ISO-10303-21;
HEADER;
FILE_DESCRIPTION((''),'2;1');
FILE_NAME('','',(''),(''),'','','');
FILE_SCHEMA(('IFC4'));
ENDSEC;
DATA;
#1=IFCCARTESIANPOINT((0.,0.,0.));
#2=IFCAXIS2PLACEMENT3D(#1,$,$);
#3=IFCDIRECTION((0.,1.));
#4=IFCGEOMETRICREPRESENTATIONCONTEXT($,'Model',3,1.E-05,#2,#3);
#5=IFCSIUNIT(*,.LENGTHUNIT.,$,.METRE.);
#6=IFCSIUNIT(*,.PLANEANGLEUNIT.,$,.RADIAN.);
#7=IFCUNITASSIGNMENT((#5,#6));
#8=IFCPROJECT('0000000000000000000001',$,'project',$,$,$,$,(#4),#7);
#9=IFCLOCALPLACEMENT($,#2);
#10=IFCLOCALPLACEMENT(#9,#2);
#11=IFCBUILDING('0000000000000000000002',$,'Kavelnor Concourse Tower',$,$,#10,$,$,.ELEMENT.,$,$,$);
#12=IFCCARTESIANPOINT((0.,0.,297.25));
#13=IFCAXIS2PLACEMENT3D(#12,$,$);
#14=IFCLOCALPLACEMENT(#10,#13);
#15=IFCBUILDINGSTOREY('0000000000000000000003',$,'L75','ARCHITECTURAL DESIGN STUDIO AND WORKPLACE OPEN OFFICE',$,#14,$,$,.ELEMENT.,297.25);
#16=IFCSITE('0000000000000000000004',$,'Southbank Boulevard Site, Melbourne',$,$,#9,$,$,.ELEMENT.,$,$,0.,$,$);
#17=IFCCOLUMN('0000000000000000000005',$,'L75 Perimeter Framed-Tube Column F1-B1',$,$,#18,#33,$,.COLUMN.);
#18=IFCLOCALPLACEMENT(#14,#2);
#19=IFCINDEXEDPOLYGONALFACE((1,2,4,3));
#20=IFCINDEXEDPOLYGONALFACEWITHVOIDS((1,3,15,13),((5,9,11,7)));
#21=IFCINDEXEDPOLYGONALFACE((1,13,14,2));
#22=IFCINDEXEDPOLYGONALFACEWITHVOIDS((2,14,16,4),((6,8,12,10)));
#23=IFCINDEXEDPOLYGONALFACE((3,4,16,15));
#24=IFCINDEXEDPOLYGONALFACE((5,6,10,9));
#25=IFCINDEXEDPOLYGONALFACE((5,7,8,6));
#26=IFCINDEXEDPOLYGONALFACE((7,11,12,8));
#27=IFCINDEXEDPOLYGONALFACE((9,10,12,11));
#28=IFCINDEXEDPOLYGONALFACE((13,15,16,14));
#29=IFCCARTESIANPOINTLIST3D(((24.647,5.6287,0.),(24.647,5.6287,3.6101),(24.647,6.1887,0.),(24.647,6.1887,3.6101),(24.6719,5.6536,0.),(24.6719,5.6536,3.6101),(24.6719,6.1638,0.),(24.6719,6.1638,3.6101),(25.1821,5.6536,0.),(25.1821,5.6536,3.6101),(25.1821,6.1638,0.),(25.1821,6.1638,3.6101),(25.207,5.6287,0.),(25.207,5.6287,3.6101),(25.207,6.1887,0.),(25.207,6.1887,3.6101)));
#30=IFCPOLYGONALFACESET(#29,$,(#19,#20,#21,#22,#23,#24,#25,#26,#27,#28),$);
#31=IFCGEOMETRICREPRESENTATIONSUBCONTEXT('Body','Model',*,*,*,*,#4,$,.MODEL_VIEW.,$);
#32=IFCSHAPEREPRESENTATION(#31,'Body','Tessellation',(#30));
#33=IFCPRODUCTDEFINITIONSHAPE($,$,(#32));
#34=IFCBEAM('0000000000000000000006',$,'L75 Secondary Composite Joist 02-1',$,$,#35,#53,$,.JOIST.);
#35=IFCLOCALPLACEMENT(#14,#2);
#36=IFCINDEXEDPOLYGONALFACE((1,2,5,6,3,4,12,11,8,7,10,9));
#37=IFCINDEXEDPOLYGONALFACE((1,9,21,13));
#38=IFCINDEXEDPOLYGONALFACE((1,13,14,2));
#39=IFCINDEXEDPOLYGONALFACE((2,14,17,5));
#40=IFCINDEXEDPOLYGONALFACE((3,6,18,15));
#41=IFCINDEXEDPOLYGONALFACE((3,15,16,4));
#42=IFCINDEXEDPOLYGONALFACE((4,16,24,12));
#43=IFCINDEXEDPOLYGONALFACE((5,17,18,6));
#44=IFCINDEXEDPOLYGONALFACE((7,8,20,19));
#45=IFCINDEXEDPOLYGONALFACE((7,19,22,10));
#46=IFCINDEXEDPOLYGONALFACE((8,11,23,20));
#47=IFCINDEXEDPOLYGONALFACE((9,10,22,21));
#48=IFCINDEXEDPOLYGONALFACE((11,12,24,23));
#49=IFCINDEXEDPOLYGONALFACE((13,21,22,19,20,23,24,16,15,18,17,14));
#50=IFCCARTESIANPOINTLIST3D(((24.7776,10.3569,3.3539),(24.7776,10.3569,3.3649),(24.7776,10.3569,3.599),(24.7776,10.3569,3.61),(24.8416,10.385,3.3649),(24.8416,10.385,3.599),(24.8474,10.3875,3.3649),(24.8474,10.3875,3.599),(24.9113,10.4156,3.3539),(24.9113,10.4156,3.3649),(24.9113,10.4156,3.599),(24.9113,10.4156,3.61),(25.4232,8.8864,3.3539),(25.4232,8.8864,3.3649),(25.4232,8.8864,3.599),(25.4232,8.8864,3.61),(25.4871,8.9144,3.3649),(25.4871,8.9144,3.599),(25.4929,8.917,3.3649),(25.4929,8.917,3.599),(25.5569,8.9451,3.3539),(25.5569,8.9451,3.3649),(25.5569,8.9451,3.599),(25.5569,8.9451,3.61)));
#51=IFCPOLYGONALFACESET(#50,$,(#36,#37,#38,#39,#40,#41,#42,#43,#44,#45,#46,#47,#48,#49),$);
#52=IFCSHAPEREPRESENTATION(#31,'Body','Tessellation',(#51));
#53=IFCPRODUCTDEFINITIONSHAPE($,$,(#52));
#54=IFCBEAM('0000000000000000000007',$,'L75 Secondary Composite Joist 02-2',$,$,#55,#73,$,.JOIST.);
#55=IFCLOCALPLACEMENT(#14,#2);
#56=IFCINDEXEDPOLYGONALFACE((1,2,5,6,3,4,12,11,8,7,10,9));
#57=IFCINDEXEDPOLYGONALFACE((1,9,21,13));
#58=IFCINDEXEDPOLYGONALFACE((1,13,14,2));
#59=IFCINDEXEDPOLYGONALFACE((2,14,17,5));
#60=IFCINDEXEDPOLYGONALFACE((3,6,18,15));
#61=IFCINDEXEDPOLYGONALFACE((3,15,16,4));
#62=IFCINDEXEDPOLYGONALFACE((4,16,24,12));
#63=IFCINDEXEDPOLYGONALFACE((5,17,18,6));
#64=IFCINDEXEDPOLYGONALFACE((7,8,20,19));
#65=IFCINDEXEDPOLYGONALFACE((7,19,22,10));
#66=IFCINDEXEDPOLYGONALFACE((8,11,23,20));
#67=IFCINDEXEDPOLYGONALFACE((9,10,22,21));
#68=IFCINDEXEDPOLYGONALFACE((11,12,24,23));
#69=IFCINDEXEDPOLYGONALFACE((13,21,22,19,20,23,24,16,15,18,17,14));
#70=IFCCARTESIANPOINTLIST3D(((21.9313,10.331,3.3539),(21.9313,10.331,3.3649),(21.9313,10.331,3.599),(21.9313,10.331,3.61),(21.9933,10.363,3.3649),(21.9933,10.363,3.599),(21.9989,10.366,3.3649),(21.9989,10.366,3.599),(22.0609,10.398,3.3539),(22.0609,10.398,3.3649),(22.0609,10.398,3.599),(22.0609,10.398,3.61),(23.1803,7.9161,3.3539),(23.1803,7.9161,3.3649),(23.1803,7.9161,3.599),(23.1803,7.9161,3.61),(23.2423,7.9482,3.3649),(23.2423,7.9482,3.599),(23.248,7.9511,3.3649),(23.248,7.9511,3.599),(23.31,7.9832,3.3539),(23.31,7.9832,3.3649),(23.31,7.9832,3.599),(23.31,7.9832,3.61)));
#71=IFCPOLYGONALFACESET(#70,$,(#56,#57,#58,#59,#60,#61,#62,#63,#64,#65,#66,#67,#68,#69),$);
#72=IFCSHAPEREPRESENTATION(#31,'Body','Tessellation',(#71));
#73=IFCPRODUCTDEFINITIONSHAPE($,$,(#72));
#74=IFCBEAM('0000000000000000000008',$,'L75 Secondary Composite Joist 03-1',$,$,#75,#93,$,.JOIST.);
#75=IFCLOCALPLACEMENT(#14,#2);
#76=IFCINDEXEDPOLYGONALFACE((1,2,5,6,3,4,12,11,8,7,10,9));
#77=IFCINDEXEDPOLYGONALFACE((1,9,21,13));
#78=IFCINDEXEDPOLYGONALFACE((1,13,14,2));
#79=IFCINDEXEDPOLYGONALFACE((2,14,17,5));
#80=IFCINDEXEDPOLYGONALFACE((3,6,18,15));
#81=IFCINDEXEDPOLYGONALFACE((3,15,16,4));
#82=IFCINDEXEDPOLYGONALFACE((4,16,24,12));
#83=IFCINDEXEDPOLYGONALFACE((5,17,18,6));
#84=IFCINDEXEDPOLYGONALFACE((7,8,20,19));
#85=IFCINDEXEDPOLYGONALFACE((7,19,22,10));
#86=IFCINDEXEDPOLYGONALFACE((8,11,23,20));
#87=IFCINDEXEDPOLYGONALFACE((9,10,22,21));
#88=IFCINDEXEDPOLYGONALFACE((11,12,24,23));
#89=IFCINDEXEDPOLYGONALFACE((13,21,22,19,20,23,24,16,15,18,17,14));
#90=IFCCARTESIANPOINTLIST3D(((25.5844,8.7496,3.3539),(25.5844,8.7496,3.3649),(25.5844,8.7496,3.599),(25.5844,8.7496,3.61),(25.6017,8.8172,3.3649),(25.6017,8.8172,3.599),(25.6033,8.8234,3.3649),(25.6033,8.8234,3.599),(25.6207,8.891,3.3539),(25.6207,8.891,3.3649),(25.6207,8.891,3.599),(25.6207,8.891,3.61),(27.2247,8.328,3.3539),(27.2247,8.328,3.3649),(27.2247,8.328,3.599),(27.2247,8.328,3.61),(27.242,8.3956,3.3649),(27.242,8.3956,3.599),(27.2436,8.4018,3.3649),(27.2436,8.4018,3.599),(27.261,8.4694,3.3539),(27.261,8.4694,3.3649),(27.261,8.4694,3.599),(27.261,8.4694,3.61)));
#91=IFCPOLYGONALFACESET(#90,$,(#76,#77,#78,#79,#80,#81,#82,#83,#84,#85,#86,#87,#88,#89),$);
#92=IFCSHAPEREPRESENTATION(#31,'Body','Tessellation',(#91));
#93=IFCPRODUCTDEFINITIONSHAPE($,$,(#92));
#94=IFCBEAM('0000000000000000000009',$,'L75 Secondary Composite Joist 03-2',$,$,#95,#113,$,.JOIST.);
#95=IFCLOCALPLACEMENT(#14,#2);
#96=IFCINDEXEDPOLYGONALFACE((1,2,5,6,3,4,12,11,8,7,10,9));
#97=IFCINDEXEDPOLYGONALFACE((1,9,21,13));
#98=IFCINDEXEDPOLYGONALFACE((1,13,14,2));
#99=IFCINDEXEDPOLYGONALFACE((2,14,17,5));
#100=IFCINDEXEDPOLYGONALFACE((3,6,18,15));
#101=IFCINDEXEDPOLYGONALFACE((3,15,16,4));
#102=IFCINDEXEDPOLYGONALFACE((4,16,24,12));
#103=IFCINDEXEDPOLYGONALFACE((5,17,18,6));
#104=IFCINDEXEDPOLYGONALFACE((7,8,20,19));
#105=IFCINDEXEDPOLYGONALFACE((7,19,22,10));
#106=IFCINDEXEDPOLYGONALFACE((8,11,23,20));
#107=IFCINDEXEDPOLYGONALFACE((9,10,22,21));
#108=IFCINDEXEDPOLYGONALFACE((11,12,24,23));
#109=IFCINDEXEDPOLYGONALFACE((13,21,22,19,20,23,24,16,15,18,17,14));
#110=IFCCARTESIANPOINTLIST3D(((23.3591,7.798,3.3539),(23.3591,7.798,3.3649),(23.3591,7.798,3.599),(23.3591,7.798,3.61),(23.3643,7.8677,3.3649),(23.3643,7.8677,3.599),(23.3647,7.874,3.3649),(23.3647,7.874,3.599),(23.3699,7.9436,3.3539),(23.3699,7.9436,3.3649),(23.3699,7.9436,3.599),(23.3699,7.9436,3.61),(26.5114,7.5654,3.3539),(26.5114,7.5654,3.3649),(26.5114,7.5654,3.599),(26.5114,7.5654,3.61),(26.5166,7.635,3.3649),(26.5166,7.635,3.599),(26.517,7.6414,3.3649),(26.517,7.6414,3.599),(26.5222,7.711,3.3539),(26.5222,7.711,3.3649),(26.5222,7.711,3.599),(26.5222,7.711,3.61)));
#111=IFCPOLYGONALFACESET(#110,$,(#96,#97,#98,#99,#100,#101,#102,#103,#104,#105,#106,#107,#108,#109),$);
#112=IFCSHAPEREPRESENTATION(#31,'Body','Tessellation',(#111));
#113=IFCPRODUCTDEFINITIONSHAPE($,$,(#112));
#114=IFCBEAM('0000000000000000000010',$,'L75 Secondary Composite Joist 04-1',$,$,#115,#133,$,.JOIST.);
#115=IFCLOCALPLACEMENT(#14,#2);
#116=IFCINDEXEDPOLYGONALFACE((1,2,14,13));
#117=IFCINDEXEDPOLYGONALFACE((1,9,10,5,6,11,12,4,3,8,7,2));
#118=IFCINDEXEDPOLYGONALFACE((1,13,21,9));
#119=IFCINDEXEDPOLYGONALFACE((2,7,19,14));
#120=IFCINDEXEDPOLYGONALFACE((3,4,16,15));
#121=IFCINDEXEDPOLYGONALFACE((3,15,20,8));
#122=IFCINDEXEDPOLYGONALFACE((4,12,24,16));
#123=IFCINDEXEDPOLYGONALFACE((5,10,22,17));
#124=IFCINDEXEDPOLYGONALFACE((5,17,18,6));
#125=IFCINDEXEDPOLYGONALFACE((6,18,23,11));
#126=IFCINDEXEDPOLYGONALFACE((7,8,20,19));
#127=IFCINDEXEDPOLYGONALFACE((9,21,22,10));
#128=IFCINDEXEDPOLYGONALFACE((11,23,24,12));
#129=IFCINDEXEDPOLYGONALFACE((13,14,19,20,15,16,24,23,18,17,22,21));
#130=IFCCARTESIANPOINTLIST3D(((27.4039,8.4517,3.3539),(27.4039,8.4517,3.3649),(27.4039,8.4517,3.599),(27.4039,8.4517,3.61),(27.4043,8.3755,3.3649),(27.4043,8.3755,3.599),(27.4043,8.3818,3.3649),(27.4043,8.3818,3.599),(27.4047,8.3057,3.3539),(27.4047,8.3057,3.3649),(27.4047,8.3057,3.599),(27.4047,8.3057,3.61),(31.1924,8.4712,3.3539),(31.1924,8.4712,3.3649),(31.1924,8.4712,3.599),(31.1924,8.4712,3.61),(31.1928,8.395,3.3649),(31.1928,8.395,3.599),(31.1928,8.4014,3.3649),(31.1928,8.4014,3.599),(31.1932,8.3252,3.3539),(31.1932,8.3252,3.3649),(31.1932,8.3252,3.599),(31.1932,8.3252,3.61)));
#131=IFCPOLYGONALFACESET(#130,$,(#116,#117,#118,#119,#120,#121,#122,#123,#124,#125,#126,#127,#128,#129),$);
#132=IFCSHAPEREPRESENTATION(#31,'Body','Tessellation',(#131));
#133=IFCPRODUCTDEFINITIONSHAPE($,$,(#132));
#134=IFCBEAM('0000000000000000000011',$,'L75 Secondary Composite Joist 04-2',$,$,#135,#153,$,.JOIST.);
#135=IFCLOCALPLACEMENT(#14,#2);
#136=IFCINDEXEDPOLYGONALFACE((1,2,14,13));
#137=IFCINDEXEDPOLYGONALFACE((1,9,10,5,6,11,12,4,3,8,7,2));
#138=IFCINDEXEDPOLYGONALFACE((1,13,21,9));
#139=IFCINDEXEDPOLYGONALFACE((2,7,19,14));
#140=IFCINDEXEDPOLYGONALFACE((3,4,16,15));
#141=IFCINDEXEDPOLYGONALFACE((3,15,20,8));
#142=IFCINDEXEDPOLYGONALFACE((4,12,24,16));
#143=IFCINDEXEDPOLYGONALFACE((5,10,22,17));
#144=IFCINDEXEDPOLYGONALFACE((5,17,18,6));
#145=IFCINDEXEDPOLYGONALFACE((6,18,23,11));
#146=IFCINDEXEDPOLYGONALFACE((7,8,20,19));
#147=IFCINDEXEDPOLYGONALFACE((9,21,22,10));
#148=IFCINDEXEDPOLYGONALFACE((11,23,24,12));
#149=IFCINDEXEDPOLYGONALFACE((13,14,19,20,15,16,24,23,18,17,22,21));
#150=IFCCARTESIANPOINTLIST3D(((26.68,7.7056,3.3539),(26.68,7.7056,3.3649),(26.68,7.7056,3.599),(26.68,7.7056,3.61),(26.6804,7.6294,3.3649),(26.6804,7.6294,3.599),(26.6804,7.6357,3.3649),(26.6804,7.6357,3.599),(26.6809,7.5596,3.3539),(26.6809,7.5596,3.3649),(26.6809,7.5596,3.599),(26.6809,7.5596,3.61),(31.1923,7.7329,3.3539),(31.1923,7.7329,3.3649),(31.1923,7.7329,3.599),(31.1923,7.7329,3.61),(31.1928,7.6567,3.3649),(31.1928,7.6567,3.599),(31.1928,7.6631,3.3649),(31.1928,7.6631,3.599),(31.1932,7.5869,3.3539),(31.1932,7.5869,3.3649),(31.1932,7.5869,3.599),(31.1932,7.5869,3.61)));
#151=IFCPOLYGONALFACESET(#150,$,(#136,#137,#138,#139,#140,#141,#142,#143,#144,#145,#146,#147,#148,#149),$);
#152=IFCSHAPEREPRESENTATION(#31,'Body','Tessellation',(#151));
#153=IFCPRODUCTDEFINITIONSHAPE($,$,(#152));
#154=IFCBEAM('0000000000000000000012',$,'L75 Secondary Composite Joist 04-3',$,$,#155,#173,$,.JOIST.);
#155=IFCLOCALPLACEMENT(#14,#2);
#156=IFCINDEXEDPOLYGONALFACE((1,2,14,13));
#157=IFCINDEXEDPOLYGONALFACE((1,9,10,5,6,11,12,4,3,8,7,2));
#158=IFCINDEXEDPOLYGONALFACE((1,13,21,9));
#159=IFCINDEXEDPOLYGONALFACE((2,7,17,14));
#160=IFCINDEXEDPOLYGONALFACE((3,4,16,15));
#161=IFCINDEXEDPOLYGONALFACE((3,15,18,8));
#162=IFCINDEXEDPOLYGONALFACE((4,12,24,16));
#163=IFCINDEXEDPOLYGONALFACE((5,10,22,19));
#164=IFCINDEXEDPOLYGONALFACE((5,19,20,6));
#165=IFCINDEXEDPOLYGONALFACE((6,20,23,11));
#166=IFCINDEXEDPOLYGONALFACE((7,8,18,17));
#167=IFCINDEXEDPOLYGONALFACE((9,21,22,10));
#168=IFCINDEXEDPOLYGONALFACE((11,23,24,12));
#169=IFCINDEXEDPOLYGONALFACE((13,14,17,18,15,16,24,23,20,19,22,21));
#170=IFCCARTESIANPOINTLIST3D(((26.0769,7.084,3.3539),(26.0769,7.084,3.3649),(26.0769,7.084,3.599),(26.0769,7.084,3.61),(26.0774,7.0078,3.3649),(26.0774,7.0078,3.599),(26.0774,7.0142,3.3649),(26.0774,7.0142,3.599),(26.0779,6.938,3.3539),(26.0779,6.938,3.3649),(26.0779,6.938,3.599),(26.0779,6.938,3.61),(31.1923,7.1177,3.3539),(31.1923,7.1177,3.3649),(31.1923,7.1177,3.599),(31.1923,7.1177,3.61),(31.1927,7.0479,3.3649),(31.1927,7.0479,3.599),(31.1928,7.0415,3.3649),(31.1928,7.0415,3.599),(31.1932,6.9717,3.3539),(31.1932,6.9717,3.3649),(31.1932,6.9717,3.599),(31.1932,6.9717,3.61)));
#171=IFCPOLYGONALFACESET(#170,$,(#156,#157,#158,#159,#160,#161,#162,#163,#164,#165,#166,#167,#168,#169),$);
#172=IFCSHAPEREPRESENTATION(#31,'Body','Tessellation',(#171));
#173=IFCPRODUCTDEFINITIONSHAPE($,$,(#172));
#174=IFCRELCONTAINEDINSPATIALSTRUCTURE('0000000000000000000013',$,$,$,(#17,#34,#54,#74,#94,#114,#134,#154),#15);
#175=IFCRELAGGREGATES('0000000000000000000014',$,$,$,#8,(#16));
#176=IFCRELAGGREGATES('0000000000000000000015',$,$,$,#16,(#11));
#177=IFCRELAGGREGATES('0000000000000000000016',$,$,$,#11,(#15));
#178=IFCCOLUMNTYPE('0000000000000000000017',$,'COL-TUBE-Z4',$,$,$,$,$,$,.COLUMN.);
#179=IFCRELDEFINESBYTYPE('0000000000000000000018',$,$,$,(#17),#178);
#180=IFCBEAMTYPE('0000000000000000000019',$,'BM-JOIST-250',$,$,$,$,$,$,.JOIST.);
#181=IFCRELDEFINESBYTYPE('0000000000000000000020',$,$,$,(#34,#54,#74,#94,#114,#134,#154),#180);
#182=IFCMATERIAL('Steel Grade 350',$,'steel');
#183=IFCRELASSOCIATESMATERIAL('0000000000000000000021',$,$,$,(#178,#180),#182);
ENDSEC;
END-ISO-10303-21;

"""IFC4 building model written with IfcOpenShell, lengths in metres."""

from ifc_helpers import new_model, si_unit, direction, frame, origin, origin_2d, place, context, subcontext, project, spatial, hollow_rectangle, i_section, extrude, material, material_profile, profile_set, type_object, element, save


model = new_model("IFC4")

# Units and contexts
model_context = context("Model", 3, precision=1e-05, world=origin(), true_north=direction((0.0, 1.0)))
body_context = subcontext(model_context, "Body", "Model", "MODEL_VIEW")
ifc_project = project(units=[si_unit("LENGTHUNIT", "METRE"), si_unit("PLANEANGLEUNIT", "RADIAN")], contexts=[model_context])

# Site, building, storey
site_placement = place(None, origin())
site = spatial("IfcSite", under=ifc_project, at=site_placement, Name="Southbank Boulevard Site, Melbourne", CompositionType="ELEMENT", RefElevation=0.0)
building_placement = place(site_placement, origin())
building = spatial("IfcBuilding", under=site, at=building_placement, Name="Kavelnor Concourse Tower", CompositionType="ELEMENT")
storey_placement = place(building_placement, frame((0.0, 0.0, 297.25)))
storey = spatial("IfcBuildingStorey", under=building, at=storey_placement, Name="L75", Description="ARCHITECTURAL DESIGN STUDIO AND WORKPLACE OPEN OFFICE", CompositionType="ELEMENT", Elevation=297.25)

# Column
ifc_material_1 = material(Name="Steel Grade 350", Category="steel")
ifc_material_profile_1 = material_profile(ifc_material_1, hollow_rectangle(XDim=0.5601, YDim=0.5601, WallThickness=0.0249, at=origin_2d()), Name="SHS 560x560x25")
ifc_profile_set_1 = profile_set([ifc_material_profile_1], Name="Steel Grade 350")
column_type = type_object("IfcColumnType", Name="COL-TUBE-Z4", PredefinedType="COLUMN", material=ifc_profile_set_1)
column_placement = place(storey_placement, frame((24.927, 5.9087, 0.0), z_axis=(0.0, 0.0, 1.0), x_axis=(1.0, 0.0, 0.0)))
element("IfcColumn", 1, at=column_placement, inside=storey, type_object=column_type, Name="L75 Perimeter Framed-Tube Column F1-B1", PredefinedType="COLUMN", context=body_context, shape_type="SweptSolid", body=[
    extrude(hollow_rectangle(XDim=0.5601, YDim=0.5601, WallThickness=0.0249, at=origin_2d()), origin(), (0.0, 0.0, 1.0), 3.6101),
])

# Beams
ifc_material_profile_2 = material_profile(ifc_material_1, i_section(OverallWidth=0.146, OverallDepth=0.2561, WebThickness=0.0063, FlangeThickness=0.011, at=origin_2d()), Name="250UB37")
ifc_profile_set_2 = profile_set([ifc_material_profile_2], Name="Steel Grade 350")
beam_type_1 = type_object("IfcBeamType", Name="BM-JOIST-250", PredefinedType="JOIST", material=ifc_profile_set_2)
beam_1_placement = place(storey_placement, frame((24.8445, 10.3862, 3.4819), z_axis=(0.401959, -0.915658, 0.0), x_axis=(0.915658, 0.401959, 0.0)))
element("IfcBeam", 2, at=beam_1_placement, inside=storey, type_object=beam_type_1, Name="L75 Secondary Composite Joist 02-1", PredefinedType="JOIST", context=body_context, shape_type="SweptSolid", body=[
    extrude(i_section(OverallWidth=0.146, OverallDepth=0.2561, WebThickness=0.0063, FlangeThickness=0.011, at=origin_2d()), origin(), (0.0, 0.0, 1.0), 1.606),
])
beam_2_placement = place(storey_placement, frame((21.9961, 10.3645, 3.4819), z_axis=(0.45942, -0.888219, 0.0), x_axis=(0.888219, 0.45942, 0.0)))
element("IfcBeam", 3, at=beam_2_placement, inside=storey, type_object=beam_type_1, Name="L75 Secondary Composite Joist 02-2", PredefinedType="JOIST", context=body_context, shape_type="SweptSolid", body=[
    extrude(i_section(OverallWidth=0.146, OverallDepth=0.2561, WebThickness=0.0063, FlangeThickness=0.011, at=origin_2d()), origin(), (0.0, 0.0, 1.0), 2.7188),
])
beam_3_placement = place(storey_placement, frame((25.6025, 8.8203, 3.4819), z_axis=(0.968519, -0.248941, 0.0), x_axis=(0.248941, 0.968519, 0.0)))
element("IfcBeam", 4, at=beam_3_placement, inside=storey, type_object=beam_type_1, Name="L75 Secondary Composite Joist 03-1", PredefinedType="JOIST", context=body_context, shape_type="SweptSolid", body=[
    extrude(i_section(OverallWidth=0.146, OverallDepth=0.2561, WebThickness=0.0063, FlangeThickness=0.011, at=origin_2d()), origin(), (0.0, 0.0, 1.0), 1.6936),
])
beam_4_placement = place(storey_placement, frame((23.3645, 7.8708, 3.4819), z_axis=(0.997287, -0.073607, 0.0), x_axis=(0.073607, 0.997287, 0.0)))
element("IfcBeam", 5, at=beam_4_placement, inside=storey, type_object=beam_type_1, Name="L75 Secondary Composite Joist 03-2", PredefinedType="JOIST", context=body_context, shape_type="SweptSolid", body=[
    extrude(i_section(OverallWidth=0.146, OverallDepth=0.2561, WebThickness=0.0063, FlangeThickness=0.011, at=origin_2d()), origin(), (0.0, 0.0, 1.0), 3.1609),
])
beam_5_placement = place(storey_placement, frame((27.4043, 8.3787, 3.4819), z_axis=(0.999987, 0.005155, 0.0), x_axis=(-0.005155, 0.999987, 0.0)))
element("IfcBeam", 6, at=beam_5_placement, inside=storey, type_object=beam_type_1, Name="L75 Secondary Composite Joist 04-1", PredefinedType="JOIST", context=body_context, shape_type="SweptSolid", body=[
    extrude(i_section(OverallWidth=0.146, OverallDepth=0.2561, WebThickness=0.0063, FlangeThickness=0.011, at=origin_2d()), origin(), (0.0, 0.0, 1.0), 3.7886),
])
beam_6_placement = place(storey_placement, frame((26.6804, 7.6326, 3.4819), z_axis=(0.999982, 0.00606, 0.0), x_axis=(-0.00606, 0.999982, 0.0)))
element("IfcBeam", 7, at=beam_6_placement, inside=storey, type_object=beam_type_1, Name="L75 Secondary Composite Joist 04-2", PredefinedType="JOIST", context=body_context, shape_type="SweptSolid", body=[
    extrude(i_section(OverallWidth=0.146, OverallDepth=0.2561, WebThickness=0.0063, FlangeThickness=0.011, at=origin_2d()), origin(), (0.0, 0.0, 1.0), 4.5125),
])
beam_7_placement = place(storey_placement, frame((26.0774, 7.011, 3.4819), z_axis=(0.999978, 0.006586, 0.0), x_axis=(-0.006586, 0.999978, 0.0)))
element("IfcBeam", 8, at=beam_7_placement, inside=storey, type_object=beam_type_1, Name="L75 Secondary Composite Joist 04-3", PredefinedType="JOIST", context=body_context, shape_type="SweptSolid", body=[
    extrude(i_section(OverallWidth=0.146, OverallDepth=0.2561, WebThickness=0.0063, FlangeThickness=0.011, at=origin_2d()), origin(), (0.0, 0.0, 1.0), 5.1155),
])

save(model, "model.ifc")
